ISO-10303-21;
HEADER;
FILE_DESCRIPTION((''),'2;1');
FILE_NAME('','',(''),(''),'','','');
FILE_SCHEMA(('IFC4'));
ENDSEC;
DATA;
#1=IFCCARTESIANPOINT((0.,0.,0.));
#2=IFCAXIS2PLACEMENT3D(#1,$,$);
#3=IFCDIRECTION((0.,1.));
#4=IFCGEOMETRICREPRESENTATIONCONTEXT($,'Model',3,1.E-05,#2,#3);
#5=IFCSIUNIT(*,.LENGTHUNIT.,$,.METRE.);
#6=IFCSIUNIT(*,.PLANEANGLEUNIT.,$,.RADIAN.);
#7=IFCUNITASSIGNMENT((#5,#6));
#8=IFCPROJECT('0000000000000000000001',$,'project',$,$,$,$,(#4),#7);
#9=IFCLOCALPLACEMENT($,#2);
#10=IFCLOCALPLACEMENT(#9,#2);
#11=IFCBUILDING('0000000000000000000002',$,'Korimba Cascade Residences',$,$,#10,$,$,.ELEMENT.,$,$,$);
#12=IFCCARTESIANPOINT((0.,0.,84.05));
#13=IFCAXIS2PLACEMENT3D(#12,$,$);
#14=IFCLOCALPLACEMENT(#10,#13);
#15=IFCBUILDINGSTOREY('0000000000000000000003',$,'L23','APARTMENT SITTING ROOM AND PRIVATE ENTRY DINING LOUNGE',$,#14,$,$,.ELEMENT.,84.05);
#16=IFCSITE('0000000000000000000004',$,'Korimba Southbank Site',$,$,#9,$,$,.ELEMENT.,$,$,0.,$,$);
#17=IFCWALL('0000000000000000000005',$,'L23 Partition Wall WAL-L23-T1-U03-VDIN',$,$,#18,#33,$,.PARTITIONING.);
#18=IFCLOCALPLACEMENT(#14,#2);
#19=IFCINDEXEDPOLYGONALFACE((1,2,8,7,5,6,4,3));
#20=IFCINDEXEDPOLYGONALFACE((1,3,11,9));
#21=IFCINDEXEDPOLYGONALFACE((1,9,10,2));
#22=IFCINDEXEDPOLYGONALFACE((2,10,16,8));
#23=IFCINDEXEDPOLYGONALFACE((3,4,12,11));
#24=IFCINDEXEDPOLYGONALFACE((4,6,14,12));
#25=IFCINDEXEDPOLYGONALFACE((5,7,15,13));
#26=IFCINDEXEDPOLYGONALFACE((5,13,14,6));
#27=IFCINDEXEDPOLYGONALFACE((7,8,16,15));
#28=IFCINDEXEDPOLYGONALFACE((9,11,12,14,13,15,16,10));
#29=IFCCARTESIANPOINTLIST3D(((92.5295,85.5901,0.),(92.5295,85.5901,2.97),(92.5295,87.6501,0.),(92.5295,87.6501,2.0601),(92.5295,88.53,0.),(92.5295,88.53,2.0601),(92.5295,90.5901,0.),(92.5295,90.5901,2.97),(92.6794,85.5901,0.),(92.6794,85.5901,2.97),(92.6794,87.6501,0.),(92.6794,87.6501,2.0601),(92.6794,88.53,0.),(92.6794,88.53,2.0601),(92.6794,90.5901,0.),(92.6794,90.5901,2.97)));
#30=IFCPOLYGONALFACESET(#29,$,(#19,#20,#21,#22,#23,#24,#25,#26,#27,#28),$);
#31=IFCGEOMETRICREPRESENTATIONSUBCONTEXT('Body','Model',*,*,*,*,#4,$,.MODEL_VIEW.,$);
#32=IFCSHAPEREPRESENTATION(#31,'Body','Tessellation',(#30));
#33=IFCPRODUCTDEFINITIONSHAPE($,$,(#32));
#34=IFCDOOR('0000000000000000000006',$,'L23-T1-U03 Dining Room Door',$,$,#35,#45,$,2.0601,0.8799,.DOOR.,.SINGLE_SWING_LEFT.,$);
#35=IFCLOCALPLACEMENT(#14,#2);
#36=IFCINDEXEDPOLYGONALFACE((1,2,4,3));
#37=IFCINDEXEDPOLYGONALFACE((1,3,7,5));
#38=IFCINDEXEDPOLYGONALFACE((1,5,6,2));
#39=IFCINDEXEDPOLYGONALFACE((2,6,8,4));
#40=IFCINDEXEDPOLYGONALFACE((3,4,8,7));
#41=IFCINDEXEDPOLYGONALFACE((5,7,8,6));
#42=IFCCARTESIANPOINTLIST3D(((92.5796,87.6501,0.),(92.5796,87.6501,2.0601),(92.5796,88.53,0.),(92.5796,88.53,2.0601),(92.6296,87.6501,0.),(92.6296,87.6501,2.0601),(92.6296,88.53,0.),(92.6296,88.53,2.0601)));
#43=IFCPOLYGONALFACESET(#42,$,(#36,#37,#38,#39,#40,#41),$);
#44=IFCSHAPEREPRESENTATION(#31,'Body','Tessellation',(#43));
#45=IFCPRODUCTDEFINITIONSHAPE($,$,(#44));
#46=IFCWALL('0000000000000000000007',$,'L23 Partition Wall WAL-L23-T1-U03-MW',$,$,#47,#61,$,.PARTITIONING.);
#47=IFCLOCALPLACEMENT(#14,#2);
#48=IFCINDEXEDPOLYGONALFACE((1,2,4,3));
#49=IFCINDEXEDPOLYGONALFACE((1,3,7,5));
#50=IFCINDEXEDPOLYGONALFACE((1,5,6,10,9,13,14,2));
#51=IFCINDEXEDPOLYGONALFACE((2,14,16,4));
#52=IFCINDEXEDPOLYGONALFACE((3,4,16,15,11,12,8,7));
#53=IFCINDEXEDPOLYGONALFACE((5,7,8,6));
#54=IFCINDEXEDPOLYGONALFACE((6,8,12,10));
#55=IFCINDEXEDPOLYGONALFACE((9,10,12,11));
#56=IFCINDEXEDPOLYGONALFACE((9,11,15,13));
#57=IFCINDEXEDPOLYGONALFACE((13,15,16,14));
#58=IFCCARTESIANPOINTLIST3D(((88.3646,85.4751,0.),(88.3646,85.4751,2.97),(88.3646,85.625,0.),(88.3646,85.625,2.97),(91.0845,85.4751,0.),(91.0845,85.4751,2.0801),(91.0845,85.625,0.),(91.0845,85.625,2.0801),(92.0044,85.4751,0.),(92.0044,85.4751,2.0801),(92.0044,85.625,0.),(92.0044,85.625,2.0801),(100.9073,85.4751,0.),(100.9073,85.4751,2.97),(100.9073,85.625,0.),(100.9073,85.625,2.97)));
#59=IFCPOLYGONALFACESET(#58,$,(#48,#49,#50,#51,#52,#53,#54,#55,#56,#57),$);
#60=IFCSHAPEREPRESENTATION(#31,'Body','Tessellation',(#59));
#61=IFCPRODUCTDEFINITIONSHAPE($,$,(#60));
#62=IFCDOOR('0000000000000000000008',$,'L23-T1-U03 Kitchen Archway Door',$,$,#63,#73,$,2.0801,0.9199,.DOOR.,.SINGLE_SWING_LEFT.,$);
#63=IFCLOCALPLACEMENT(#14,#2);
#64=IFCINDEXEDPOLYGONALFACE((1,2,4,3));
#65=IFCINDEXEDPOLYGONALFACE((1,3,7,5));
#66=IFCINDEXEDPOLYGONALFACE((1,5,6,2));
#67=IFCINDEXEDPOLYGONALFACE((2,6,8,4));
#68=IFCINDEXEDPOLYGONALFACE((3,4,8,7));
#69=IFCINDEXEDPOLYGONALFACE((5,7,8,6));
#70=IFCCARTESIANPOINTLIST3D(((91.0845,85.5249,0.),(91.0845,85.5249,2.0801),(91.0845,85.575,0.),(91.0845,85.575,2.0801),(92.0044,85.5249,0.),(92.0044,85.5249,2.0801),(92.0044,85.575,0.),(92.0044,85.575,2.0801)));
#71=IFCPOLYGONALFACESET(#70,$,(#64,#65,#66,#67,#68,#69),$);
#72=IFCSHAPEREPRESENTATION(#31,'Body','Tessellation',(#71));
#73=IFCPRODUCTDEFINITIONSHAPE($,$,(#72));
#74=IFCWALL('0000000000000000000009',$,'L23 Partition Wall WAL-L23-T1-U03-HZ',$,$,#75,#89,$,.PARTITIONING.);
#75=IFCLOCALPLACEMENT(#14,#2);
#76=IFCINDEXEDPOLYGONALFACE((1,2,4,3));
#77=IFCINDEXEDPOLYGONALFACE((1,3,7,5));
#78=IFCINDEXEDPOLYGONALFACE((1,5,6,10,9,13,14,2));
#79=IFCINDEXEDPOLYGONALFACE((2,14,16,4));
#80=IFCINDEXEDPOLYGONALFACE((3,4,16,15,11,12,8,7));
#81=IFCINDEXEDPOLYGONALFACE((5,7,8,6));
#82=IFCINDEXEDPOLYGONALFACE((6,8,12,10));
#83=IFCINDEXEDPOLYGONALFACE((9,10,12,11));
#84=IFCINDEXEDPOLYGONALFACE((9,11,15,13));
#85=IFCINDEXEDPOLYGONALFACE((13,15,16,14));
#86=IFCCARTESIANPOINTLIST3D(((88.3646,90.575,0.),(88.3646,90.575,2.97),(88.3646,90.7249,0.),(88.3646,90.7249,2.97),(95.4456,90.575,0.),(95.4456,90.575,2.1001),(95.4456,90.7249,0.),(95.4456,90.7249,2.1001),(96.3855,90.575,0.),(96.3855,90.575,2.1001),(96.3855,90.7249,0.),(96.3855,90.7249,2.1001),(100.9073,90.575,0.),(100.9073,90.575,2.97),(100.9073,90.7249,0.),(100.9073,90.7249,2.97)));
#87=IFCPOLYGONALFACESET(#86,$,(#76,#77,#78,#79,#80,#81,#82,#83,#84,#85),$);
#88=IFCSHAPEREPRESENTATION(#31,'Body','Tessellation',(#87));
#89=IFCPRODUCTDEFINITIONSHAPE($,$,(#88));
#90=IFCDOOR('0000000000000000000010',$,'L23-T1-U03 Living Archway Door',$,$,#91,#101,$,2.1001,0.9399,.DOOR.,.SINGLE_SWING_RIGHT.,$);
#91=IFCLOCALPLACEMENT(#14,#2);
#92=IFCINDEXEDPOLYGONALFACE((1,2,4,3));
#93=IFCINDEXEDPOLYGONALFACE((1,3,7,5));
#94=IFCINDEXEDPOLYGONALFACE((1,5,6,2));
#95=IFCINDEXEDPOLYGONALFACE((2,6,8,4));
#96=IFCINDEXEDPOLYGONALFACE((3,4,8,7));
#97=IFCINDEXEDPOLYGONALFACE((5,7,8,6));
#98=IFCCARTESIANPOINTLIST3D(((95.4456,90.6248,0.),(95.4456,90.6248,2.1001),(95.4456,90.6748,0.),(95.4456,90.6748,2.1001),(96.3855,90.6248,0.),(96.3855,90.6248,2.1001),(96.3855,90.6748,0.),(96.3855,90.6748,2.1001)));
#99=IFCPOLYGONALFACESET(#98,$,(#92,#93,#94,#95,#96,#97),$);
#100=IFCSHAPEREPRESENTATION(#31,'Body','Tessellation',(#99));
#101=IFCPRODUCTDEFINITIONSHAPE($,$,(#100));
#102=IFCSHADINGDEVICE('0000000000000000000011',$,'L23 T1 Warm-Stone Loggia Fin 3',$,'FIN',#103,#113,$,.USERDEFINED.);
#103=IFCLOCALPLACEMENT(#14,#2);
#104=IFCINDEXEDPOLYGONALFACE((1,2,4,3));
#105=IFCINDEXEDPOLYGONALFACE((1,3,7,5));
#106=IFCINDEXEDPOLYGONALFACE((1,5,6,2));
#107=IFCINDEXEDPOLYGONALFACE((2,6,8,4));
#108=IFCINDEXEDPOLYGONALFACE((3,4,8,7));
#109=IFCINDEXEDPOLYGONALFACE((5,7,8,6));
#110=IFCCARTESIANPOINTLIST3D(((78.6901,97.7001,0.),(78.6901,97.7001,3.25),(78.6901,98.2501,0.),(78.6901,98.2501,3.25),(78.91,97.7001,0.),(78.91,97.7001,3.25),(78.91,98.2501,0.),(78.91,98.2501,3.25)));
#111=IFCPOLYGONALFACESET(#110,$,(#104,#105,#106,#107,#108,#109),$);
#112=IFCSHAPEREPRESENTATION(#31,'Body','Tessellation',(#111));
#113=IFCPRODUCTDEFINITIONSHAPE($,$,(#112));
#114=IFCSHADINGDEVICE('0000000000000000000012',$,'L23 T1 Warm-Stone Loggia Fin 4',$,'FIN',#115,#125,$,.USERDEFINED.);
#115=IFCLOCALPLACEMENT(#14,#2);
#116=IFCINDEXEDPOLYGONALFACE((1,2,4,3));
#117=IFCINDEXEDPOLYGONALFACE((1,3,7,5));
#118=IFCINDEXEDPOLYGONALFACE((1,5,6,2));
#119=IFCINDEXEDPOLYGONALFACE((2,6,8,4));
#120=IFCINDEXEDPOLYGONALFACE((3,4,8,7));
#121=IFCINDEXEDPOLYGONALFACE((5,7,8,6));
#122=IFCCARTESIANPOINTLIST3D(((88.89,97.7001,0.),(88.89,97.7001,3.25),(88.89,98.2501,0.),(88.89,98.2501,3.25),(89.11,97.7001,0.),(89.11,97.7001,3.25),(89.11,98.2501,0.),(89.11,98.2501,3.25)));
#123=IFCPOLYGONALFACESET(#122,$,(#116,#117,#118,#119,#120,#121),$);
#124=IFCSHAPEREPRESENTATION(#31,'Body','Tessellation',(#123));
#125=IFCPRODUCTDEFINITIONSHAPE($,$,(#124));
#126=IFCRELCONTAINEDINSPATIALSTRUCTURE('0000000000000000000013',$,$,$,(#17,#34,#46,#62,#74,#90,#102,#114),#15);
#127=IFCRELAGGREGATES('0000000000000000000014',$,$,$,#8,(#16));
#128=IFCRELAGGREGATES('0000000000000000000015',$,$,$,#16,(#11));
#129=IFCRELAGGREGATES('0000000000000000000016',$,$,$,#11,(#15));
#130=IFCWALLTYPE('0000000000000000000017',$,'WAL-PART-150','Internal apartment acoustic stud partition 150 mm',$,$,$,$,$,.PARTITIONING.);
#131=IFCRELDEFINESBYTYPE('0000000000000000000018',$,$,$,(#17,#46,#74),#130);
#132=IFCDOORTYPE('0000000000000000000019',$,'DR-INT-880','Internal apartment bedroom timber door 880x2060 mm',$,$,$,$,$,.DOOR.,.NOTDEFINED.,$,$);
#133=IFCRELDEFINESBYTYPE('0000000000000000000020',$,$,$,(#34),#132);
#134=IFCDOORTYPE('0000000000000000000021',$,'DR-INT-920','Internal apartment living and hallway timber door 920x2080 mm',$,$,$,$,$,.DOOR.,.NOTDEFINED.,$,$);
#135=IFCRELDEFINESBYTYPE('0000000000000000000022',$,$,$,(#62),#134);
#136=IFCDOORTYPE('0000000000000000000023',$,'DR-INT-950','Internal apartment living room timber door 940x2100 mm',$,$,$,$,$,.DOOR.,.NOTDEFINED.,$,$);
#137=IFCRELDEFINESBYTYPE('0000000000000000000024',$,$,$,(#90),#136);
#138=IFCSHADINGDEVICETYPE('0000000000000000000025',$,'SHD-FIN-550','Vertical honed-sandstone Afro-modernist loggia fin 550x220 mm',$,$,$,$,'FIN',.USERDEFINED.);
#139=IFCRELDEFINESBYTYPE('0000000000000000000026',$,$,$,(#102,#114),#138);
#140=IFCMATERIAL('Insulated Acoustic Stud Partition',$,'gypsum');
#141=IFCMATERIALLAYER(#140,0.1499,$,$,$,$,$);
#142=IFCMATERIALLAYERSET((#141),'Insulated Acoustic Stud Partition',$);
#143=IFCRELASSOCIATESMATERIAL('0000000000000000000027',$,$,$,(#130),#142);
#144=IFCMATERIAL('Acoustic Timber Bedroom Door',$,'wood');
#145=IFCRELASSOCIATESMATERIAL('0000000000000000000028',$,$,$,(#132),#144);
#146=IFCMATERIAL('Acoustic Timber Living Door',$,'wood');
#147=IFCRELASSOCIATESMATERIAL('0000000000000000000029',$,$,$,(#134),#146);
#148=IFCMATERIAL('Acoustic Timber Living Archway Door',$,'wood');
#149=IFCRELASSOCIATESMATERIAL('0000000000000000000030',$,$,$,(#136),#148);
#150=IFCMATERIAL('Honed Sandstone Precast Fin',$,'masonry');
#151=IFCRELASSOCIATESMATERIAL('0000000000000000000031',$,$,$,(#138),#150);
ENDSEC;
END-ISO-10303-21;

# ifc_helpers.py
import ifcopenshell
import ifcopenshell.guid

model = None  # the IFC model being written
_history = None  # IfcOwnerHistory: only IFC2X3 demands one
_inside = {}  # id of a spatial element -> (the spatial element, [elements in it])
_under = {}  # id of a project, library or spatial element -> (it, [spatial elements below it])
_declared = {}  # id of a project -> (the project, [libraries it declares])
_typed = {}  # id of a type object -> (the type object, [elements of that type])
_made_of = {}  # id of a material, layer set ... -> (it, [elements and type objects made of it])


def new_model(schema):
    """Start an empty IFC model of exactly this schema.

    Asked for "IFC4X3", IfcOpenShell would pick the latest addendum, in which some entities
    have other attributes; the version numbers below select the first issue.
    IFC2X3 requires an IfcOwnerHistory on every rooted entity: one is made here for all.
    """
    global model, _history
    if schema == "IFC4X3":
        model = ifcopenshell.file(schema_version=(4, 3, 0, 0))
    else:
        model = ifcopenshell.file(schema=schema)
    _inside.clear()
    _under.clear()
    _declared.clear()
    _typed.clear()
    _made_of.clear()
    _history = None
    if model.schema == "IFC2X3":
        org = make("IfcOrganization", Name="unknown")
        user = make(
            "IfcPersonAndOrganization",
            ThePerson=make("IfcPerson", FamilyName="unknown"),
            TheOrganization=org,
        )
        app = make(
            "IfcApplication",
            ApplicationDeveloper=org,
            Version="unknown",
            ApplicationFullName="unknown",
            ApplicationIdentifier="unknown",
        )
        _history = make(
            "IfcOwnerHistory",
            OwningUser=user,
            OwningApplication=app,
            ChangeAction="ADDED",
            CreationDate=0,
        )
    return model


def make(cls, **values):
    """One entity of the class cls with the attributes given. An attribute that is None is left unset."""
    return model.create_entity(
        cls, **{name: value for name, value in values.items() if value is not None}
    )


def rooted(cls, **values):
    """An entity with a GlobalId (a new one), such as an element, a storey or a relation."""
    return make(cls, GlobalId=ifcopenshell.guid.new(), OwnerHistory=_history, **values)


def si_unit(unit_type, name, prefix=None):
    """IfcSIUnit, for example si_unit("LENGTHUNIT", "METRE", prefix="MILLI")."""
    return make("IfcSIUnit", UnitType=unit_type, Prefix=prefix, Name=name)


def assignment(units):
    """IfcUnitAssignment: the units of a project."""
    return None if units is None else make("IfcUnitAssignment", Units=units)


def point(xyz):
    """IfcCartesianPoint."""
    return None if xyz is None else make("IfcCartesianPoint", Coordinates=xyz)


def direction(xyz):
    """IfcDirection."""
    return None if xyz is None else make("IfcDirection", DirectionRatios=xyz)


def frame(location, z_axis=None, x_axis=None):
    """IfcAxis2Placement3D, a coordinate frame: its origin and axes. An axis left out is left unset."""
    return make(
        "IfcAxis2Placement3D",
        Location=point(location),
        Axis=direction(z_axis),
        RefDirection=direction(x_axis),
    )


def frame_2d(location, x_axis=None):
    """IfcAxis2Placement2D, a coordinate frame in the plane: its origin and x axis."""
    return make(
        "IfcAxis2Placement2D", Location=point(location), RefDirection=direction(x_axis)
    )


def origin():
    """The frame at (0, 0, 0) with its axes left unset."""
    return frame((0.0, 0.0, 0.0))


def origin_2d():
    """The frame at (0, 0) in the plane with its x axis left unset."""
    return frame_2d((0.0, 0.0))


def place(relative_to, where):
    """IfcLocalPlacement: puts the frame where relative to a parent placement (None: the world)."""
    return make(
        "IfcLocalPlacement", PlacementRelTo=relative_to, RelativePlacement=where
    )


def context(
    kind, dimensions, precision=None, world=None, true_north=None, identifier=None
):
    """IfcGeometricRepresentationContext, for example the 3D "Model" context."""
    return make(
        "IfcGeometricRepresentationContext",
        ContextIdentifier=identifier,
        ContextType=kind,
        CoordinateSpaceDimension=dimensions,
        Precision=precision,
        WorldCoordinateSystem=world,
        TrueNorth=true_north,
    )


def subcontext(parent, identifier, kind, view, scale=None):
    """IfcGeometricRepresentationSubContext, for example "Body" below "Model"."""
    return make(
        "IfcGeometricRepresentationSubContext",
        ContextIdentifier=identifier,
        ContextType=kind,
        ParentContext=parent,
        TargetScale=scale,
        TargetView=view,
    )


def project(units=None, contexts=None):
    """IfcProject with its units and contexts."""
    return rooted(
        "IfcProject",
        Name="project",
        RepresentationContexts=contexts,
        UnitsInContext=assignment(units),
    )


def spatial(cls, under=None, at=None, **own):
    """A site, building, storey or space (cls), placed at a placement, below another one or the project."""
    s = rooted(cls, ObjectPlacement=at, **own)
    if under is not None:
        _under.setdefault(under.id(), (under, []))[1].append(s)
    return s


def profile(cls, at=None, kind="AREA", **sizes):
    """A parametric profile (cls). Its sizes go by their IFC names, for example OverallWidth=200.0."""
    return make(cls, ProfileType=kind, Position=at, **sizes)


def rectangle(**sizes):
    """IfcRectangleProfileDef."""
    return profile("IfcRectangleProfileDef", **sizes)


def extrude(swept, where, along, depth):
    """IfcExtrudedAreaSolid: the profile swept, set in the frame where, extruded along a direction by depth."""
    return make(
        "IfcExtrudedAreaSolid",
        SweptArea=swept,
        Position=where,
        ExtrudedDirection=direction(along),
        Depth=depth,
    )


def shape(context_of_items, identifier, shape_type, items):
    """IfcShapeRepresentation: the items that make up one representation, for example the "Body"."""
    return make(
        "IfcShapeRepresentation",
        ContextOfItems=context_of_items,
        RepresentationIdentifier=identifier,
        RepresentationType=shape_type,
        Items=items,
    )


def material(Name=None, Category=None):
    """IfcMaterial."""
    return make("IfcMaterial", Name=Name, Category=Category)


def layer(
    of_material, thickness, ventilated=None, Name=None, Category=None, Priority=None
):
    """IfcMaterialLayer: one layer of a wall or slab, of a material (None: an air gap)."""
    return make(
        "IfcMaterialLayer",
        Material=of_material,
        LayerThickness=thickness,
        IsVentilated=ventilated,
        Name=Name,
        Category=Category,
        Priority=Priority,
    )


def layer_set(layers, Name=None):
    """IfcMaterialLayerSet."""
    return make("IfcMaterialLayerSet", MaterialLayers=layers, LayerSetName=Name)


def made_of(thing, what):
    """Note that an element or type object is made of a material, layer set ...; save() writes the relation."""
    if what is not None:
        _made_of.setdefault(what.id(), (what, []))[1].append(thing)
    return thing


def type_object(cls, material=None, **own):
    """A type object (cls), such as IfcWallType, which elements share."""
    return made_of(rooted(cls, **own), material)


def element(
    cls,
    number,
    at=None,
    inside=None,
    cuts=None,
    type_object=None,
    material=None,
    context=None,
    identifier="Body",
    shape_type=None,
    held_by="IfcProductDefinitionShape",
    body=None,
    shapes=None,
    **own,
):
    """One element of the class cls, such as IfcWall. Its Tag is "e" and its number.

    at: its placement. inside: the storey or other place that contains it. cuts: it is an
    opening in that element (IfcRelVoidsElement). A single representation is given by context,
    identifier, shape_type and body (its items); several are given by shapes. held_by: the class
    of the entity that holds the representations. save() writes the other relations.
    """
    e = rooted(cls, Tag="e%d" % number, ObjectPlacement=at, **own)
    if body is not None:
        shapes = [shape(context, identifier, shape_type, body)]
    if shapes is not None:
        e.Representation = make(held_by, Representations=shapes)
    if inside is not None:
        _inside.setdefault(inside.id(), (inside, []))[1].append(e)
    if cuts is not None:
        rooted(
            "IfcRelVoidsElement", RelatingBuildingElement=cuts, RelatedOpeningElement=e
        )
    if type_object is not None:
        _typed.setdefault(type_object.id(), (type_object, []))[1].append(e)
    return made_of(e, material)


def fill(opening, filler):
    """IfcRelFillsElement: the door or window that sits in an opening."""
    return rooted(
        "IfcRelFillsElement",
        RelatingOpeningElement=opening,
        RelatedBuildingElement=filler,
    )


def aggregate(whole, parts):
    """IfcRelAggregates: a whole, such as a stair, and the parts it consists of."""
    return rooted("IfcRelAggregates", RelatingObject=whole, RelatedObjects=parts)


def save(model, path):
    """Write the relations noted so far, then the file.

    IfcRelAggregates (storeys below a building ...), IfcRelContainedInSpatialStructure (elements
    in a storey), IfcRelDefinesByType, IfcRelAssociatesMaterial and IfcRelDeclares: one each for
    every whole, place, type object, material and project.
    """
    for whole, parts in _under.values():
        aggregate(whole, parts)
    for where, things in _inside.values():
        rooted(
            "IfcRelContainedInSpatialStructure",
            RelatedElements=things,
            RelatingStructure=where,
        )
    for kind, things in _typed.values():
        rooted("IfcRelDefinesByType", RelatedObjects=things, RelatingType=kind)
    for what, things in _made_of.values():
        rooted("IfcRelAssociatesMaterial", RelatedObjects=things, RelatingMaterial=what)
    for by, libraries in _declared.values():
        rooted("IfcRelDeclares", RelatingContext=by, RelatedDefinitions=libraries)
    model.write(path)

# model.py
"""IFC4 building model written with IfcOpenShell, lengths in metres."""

from ifc_helpers import new_model, si_unit, direction, frame, frame_2d, origin, origin_2d, place, context, subcontext, project, spatial, rectangle, extrude, material, layer, layer_set, type_object, element, fill, save


model = new_model("IFC4")

# Units and contexts
model_context = context("Model", 3, precision=1e-05, world=origin(), true_north=direction((0.0, 1.0)))
body_context = subcontext(model_context, "Body", "Model", "MODEL_VIEW")
ifc_project = project(units=[si_unit("LENGTHUNIT", "METRE"), si_unit("PLANEANGLEUNIT", "RADIAN")], contexts=[model_context])

# Site, building, storey
site_placement = place(None, origin())
site = spatial("IfcSite", under=ifc_project, at=site_placement, Name="Korimba Southbank Site", CompositionType="ELEMENT", RefElevation=0.0)
building_placement = place(site_placement, origin())
building = spatial("IfcBuilding", under=site, at=building_placement, Name="Korimba Cascade Residences", CompositionType="ELEMENT")
storey_placement = place(building_placement, frame((0.0, 0.0, 84.05)))
storey = spatial("IfcBuildingStorey", under=building, at=storey_placement, Name="L23", Description="APARTMENT SITTING ROOM AND PRIVATE ENTRY DINING LOUNGE", CompositionType="ELEMENT", Elevation=84.05)

# Shared definitions
ifc_material_1 = material(Name="Insulated Acoustic Stud Partition", Category="gypsum")
ifc_layer = layer(ifc_material_1, 0.1499)
ifc_layer_set = layer_set([ifc_layer], Name="Insulated Acoustic Stud Partition")
wall_type = type_object("IfcWallType", Name="WAL-PART-150", Description="Internal apartment acoustic stud partition 150 mm", PredefinedType="PARTITIONING", material=ifc_layer_set)

# Walls, openings, doors
wall_1_placement = place(storey_placement, frame((92.6045, 85.5901, 0.0), z_axis=(0.0, 0.0, 1.0), x_axis=(0.0, 1.0, 0.0)))
wall_1 = element("IfcWall", 1, at=wall_1_placement, inside=storey, type_object=wall_type, Name="L23 Partition Wall WAL-L23-T1-U03-VDIN", PredefinedType="PARTITIONING", context=body_context, shape_type="SweptSolid", body=[
    extrude(rectangle(XDim=5.0, YDim=0.1499, at=frame_2d((2.5, 0.0))), origin(), (0.0, 0.0, 1.0), 2.97),
])
opening_1_placement = place(wall_1_placement, frame((2.0601, 0.0, 0.0)))
opening_1 = element("IfcOpeningElement", 2, at=opening_1_placement, cuts=wall_1, PredefinedType="OPENING", context=body_context, shape_type="SweptSolid", body=[
    extrude(rectangle(XDim=0.8799, YDim=2.0601, at=frame_2d((0.4399, 1.03))), frame((0.0, 0.085, 0.0), z_axis=(0.0, -1.0, 0.0), x_axis=(1.0, 0.0, 0.0)), (0.0, 0.0, 1.0), 0.1699),
])
ifc_material_2 = material(Name="Acoustic Timber Bedroom Door", Category="wood")
door_type_1 = type_object("IfcDoorType", Name="DR-INT-880", Description="Internal apartment bedroom timber door 880x2060 mm", OperationType="NOTDEFINED", PredefinedType="DOOR", material=ifc_material_2)
door_1_placement = place(opening_1_placement, origin())
door_1 = element("IfcDoor", 3, at=door_1_placement, inside=storey, type_object=door_type_1, Name="L23-T1-U03 Dining Room Door", OperationType="SINGLE_SWING_LEFT", OverallHeight=2.0601, OverallWidth=0.8799, PredefinedType="DOOR", context=body_context, shape_type="SweptSolid", body=[
    extrude(rectangle(XDim=0.8799, YDim=2.0601, at=frame_2d((0.4399, 1.03))), frame((0.0, 0.0249, 0.0), z_axis=(0.0, -1.0, 0.0), x_axis=(1.0, 0.0, 0.0)), (0.0, 0.0, 1.0), 0.05),
])
fill(opening_1, door_1)
wall_2_placement = place(storey_placement, frame((88.3645, 85.55, 0.0), z_axis=(0.0, 0.0, 1.0), x_axis=(1.0, 0.0, 0.0)))
wall_2 = element("IfcWall", 4, at=wall_2_placement, inside=storey, type_object=wall_type, Name="L23 Partition Wall WAL-L23-T1-U03-MW", PredefinedType="PARTITIONING", context=body_context, shape_type="SweptSolid", body=[
    extrude(rectangle(XDim=12.5427, YDim=0.1499, at=frame_2d((6.2715, 0.0))), origin(), (0.0, 0.0, 1.0), 2.97),
])
opening_2_placement = place(wall_2_placement, frame((2.72, 0.0, 0.0)))
opening_2 = element("IfcOpeningElement", 5, at=opening_2_placement, cuts=wall_2, PredefinedType="OPENING", context=body_context, shape_type="SweptSolid", body=[
    extrude(rectangle(XDim=0.9199, YDim=2.0801, at=frame_2d((0.46, 1.04))), frame((0.0, 0.085, 0.0), z_axis=(0.0, -1.0, 0.0), x_axis=(1.0, 0.0, 0.0)), (0.0, 0.0, 1.0), 0.1699),
])
ifc_material_3 = material(Name="Acoustic Timber Living Door", Category="wood")
door_type_2 = type_object("IfcDoorType", Name="DR-INT-920", Description="Internal apartment living and hallway timber door 920x2080 mm", OperationType="NOTDEFINED", PredefinedType="DOOR", material=ifc_material_3)
door_2_placement = place(opening_2_placement, origin())
door_2 = element("IfcDoor", 6, at=door_2_placement, inside=storey, type_object=door_type_2, Name="L23-T1-U03 Kitchen Archway Door", OperationType="SINGLE_SWING_LEFT", OverallHeight=2.0801, OverallWidth=0.9199, PredefinedType="DOOR", context=body_context, shape_type="SweptSolid", body=[
    extrude(rectangle(XDim=0.9199, YDim=2.0801, at=frame_2d((0.46, 1.04))), frame((0.0, 0.0249, 0.0), z_axis=(0.0, -1.0, 0.0), x_axis=(1.0, 0.0, 0.0)), (0.0, 0.0, 1.0), 0.05),
])
fill(opening_2, door_2)
wall_3_placement = place(storey_placement, frame((88.3645, 90.6499, 0.0), z_axis=(0.0, 0.0, 1.0), x_axis=(1.0, 0.0, 0.0)))
wall_3 = element("IfcWall", 7, at=wall_3_placement, inside=storey, type_object=wall_type, Name="L23 Partition Wall WAL-L23-T1-U03-HZ", PredefinedType="PARTITIONING", context=body_context, shape_type="SweptSolid", body=[
    extrude(rectangle(XDim=12.5427, YDim=0.1499, at=frame_2d((6.2715, 0.0))), origin(), (0.0, 0.0, 1.0), 2.97),
])
opening_3_placement = place(wall_3_placement, frame((7.0811, 0.0, 0.0)))
opening_3 = element("IfcOpeningElement", 8, at=opening_3_placement, cuts=wall_3, PredefinedType="OPENING", context=body_context, shape_type="SweptSolid", body=[
    extrude(rectangle(XDim=0.9399, YDim=2.1001, at=frame_2d((0.47, 1.05))), frame((0.0, 0.085, 0.0), z_axis=(0.0, -1.0, 0.0), x_axis=(1.0, 0.0, 0.0)), (0.0, 0.0, 1.0), 0.1699),
])
ifc_material_4 = material(Name="Acoustic Timber Living Archway Door", Category="wood")
door_type_3 = type_object("IfcDoorType", Name="DR-INT-950", Description="Internal apartment living room timber door 940x2100 mm", OperationType="NOTDEFINED", PredefinedType="DOOR", material=ifc_material_4)
door_3_placement = place(opening_3_placement, origin())
door_3 = element("IfcDoor", 9, at=door_3_placement, inside=storey, type_object=door_type_3, Name="L23-T1-U03 Living Archway Door", OperationType="SINGLE_SWING_RIGHT", OverallHeight=2.1001, OverallWidth=0.9399, PredefinedType="DOOR", context=body_context, shape_type="SweptSolid", body=[
    extrude(rectangle(XDim=0.9399, YDim=2.1001, at=frame_2d((0.47, 1.05))), frame((0.0, 0.0249, 0.0), z_axis=(0.0, -1.0, 0.0), x_axis=(1.0, 0.0, 0.0)), (0.0, 0.0, 1.0), 0.05),
])
fill(opening_3, door_3)

# Shading devices
ifc_material_5 = material(Name="Honed Sandstone Precast Fin", Category="masonry")
shading_device_type = type_object("IfcShadingDeviceType", Name="SHD-FIN-550", Description="Vertical honed-sandstone Afro-modernist loggia fin 550x220 mm", ElementType="FIN", PredefinedType="USERDEFINED", material=ifc_material_5)
for number, where, z_axis, x_axis, name in (
    (10, (78.8, 97.9751, 0.0), (0.0, 0.0, 1.0), (1.0, 0.0, 0.0), "L23 T1 Warm-Stone Loggia Fin 3"),
    (11, (89.0, 97.9751, 0.0), (0.0, 0.0, 1.0), (1.0, 0.0, 0.0), "L23 T1 Warm-Stone Loggia Fin 4"),
):
    element("IfcShadingDevice", number, at=place(storey_placement, frame(where, z_axis=z_axis, x_axis=x_axis)), inside=storey, type_object=shading_device_type, Name=name, ObjectType="FIN", PredefinedType="USERDEFINED", context=body_context, shape_type="SweptSolid", body=[
        extrude(rectangle(XDim=0.22, YDim=0.55, at=origin_2d()), origin(), (0.0, 0.0, 1.0), 3.25),
    ])

save(model, "model.ifc")
